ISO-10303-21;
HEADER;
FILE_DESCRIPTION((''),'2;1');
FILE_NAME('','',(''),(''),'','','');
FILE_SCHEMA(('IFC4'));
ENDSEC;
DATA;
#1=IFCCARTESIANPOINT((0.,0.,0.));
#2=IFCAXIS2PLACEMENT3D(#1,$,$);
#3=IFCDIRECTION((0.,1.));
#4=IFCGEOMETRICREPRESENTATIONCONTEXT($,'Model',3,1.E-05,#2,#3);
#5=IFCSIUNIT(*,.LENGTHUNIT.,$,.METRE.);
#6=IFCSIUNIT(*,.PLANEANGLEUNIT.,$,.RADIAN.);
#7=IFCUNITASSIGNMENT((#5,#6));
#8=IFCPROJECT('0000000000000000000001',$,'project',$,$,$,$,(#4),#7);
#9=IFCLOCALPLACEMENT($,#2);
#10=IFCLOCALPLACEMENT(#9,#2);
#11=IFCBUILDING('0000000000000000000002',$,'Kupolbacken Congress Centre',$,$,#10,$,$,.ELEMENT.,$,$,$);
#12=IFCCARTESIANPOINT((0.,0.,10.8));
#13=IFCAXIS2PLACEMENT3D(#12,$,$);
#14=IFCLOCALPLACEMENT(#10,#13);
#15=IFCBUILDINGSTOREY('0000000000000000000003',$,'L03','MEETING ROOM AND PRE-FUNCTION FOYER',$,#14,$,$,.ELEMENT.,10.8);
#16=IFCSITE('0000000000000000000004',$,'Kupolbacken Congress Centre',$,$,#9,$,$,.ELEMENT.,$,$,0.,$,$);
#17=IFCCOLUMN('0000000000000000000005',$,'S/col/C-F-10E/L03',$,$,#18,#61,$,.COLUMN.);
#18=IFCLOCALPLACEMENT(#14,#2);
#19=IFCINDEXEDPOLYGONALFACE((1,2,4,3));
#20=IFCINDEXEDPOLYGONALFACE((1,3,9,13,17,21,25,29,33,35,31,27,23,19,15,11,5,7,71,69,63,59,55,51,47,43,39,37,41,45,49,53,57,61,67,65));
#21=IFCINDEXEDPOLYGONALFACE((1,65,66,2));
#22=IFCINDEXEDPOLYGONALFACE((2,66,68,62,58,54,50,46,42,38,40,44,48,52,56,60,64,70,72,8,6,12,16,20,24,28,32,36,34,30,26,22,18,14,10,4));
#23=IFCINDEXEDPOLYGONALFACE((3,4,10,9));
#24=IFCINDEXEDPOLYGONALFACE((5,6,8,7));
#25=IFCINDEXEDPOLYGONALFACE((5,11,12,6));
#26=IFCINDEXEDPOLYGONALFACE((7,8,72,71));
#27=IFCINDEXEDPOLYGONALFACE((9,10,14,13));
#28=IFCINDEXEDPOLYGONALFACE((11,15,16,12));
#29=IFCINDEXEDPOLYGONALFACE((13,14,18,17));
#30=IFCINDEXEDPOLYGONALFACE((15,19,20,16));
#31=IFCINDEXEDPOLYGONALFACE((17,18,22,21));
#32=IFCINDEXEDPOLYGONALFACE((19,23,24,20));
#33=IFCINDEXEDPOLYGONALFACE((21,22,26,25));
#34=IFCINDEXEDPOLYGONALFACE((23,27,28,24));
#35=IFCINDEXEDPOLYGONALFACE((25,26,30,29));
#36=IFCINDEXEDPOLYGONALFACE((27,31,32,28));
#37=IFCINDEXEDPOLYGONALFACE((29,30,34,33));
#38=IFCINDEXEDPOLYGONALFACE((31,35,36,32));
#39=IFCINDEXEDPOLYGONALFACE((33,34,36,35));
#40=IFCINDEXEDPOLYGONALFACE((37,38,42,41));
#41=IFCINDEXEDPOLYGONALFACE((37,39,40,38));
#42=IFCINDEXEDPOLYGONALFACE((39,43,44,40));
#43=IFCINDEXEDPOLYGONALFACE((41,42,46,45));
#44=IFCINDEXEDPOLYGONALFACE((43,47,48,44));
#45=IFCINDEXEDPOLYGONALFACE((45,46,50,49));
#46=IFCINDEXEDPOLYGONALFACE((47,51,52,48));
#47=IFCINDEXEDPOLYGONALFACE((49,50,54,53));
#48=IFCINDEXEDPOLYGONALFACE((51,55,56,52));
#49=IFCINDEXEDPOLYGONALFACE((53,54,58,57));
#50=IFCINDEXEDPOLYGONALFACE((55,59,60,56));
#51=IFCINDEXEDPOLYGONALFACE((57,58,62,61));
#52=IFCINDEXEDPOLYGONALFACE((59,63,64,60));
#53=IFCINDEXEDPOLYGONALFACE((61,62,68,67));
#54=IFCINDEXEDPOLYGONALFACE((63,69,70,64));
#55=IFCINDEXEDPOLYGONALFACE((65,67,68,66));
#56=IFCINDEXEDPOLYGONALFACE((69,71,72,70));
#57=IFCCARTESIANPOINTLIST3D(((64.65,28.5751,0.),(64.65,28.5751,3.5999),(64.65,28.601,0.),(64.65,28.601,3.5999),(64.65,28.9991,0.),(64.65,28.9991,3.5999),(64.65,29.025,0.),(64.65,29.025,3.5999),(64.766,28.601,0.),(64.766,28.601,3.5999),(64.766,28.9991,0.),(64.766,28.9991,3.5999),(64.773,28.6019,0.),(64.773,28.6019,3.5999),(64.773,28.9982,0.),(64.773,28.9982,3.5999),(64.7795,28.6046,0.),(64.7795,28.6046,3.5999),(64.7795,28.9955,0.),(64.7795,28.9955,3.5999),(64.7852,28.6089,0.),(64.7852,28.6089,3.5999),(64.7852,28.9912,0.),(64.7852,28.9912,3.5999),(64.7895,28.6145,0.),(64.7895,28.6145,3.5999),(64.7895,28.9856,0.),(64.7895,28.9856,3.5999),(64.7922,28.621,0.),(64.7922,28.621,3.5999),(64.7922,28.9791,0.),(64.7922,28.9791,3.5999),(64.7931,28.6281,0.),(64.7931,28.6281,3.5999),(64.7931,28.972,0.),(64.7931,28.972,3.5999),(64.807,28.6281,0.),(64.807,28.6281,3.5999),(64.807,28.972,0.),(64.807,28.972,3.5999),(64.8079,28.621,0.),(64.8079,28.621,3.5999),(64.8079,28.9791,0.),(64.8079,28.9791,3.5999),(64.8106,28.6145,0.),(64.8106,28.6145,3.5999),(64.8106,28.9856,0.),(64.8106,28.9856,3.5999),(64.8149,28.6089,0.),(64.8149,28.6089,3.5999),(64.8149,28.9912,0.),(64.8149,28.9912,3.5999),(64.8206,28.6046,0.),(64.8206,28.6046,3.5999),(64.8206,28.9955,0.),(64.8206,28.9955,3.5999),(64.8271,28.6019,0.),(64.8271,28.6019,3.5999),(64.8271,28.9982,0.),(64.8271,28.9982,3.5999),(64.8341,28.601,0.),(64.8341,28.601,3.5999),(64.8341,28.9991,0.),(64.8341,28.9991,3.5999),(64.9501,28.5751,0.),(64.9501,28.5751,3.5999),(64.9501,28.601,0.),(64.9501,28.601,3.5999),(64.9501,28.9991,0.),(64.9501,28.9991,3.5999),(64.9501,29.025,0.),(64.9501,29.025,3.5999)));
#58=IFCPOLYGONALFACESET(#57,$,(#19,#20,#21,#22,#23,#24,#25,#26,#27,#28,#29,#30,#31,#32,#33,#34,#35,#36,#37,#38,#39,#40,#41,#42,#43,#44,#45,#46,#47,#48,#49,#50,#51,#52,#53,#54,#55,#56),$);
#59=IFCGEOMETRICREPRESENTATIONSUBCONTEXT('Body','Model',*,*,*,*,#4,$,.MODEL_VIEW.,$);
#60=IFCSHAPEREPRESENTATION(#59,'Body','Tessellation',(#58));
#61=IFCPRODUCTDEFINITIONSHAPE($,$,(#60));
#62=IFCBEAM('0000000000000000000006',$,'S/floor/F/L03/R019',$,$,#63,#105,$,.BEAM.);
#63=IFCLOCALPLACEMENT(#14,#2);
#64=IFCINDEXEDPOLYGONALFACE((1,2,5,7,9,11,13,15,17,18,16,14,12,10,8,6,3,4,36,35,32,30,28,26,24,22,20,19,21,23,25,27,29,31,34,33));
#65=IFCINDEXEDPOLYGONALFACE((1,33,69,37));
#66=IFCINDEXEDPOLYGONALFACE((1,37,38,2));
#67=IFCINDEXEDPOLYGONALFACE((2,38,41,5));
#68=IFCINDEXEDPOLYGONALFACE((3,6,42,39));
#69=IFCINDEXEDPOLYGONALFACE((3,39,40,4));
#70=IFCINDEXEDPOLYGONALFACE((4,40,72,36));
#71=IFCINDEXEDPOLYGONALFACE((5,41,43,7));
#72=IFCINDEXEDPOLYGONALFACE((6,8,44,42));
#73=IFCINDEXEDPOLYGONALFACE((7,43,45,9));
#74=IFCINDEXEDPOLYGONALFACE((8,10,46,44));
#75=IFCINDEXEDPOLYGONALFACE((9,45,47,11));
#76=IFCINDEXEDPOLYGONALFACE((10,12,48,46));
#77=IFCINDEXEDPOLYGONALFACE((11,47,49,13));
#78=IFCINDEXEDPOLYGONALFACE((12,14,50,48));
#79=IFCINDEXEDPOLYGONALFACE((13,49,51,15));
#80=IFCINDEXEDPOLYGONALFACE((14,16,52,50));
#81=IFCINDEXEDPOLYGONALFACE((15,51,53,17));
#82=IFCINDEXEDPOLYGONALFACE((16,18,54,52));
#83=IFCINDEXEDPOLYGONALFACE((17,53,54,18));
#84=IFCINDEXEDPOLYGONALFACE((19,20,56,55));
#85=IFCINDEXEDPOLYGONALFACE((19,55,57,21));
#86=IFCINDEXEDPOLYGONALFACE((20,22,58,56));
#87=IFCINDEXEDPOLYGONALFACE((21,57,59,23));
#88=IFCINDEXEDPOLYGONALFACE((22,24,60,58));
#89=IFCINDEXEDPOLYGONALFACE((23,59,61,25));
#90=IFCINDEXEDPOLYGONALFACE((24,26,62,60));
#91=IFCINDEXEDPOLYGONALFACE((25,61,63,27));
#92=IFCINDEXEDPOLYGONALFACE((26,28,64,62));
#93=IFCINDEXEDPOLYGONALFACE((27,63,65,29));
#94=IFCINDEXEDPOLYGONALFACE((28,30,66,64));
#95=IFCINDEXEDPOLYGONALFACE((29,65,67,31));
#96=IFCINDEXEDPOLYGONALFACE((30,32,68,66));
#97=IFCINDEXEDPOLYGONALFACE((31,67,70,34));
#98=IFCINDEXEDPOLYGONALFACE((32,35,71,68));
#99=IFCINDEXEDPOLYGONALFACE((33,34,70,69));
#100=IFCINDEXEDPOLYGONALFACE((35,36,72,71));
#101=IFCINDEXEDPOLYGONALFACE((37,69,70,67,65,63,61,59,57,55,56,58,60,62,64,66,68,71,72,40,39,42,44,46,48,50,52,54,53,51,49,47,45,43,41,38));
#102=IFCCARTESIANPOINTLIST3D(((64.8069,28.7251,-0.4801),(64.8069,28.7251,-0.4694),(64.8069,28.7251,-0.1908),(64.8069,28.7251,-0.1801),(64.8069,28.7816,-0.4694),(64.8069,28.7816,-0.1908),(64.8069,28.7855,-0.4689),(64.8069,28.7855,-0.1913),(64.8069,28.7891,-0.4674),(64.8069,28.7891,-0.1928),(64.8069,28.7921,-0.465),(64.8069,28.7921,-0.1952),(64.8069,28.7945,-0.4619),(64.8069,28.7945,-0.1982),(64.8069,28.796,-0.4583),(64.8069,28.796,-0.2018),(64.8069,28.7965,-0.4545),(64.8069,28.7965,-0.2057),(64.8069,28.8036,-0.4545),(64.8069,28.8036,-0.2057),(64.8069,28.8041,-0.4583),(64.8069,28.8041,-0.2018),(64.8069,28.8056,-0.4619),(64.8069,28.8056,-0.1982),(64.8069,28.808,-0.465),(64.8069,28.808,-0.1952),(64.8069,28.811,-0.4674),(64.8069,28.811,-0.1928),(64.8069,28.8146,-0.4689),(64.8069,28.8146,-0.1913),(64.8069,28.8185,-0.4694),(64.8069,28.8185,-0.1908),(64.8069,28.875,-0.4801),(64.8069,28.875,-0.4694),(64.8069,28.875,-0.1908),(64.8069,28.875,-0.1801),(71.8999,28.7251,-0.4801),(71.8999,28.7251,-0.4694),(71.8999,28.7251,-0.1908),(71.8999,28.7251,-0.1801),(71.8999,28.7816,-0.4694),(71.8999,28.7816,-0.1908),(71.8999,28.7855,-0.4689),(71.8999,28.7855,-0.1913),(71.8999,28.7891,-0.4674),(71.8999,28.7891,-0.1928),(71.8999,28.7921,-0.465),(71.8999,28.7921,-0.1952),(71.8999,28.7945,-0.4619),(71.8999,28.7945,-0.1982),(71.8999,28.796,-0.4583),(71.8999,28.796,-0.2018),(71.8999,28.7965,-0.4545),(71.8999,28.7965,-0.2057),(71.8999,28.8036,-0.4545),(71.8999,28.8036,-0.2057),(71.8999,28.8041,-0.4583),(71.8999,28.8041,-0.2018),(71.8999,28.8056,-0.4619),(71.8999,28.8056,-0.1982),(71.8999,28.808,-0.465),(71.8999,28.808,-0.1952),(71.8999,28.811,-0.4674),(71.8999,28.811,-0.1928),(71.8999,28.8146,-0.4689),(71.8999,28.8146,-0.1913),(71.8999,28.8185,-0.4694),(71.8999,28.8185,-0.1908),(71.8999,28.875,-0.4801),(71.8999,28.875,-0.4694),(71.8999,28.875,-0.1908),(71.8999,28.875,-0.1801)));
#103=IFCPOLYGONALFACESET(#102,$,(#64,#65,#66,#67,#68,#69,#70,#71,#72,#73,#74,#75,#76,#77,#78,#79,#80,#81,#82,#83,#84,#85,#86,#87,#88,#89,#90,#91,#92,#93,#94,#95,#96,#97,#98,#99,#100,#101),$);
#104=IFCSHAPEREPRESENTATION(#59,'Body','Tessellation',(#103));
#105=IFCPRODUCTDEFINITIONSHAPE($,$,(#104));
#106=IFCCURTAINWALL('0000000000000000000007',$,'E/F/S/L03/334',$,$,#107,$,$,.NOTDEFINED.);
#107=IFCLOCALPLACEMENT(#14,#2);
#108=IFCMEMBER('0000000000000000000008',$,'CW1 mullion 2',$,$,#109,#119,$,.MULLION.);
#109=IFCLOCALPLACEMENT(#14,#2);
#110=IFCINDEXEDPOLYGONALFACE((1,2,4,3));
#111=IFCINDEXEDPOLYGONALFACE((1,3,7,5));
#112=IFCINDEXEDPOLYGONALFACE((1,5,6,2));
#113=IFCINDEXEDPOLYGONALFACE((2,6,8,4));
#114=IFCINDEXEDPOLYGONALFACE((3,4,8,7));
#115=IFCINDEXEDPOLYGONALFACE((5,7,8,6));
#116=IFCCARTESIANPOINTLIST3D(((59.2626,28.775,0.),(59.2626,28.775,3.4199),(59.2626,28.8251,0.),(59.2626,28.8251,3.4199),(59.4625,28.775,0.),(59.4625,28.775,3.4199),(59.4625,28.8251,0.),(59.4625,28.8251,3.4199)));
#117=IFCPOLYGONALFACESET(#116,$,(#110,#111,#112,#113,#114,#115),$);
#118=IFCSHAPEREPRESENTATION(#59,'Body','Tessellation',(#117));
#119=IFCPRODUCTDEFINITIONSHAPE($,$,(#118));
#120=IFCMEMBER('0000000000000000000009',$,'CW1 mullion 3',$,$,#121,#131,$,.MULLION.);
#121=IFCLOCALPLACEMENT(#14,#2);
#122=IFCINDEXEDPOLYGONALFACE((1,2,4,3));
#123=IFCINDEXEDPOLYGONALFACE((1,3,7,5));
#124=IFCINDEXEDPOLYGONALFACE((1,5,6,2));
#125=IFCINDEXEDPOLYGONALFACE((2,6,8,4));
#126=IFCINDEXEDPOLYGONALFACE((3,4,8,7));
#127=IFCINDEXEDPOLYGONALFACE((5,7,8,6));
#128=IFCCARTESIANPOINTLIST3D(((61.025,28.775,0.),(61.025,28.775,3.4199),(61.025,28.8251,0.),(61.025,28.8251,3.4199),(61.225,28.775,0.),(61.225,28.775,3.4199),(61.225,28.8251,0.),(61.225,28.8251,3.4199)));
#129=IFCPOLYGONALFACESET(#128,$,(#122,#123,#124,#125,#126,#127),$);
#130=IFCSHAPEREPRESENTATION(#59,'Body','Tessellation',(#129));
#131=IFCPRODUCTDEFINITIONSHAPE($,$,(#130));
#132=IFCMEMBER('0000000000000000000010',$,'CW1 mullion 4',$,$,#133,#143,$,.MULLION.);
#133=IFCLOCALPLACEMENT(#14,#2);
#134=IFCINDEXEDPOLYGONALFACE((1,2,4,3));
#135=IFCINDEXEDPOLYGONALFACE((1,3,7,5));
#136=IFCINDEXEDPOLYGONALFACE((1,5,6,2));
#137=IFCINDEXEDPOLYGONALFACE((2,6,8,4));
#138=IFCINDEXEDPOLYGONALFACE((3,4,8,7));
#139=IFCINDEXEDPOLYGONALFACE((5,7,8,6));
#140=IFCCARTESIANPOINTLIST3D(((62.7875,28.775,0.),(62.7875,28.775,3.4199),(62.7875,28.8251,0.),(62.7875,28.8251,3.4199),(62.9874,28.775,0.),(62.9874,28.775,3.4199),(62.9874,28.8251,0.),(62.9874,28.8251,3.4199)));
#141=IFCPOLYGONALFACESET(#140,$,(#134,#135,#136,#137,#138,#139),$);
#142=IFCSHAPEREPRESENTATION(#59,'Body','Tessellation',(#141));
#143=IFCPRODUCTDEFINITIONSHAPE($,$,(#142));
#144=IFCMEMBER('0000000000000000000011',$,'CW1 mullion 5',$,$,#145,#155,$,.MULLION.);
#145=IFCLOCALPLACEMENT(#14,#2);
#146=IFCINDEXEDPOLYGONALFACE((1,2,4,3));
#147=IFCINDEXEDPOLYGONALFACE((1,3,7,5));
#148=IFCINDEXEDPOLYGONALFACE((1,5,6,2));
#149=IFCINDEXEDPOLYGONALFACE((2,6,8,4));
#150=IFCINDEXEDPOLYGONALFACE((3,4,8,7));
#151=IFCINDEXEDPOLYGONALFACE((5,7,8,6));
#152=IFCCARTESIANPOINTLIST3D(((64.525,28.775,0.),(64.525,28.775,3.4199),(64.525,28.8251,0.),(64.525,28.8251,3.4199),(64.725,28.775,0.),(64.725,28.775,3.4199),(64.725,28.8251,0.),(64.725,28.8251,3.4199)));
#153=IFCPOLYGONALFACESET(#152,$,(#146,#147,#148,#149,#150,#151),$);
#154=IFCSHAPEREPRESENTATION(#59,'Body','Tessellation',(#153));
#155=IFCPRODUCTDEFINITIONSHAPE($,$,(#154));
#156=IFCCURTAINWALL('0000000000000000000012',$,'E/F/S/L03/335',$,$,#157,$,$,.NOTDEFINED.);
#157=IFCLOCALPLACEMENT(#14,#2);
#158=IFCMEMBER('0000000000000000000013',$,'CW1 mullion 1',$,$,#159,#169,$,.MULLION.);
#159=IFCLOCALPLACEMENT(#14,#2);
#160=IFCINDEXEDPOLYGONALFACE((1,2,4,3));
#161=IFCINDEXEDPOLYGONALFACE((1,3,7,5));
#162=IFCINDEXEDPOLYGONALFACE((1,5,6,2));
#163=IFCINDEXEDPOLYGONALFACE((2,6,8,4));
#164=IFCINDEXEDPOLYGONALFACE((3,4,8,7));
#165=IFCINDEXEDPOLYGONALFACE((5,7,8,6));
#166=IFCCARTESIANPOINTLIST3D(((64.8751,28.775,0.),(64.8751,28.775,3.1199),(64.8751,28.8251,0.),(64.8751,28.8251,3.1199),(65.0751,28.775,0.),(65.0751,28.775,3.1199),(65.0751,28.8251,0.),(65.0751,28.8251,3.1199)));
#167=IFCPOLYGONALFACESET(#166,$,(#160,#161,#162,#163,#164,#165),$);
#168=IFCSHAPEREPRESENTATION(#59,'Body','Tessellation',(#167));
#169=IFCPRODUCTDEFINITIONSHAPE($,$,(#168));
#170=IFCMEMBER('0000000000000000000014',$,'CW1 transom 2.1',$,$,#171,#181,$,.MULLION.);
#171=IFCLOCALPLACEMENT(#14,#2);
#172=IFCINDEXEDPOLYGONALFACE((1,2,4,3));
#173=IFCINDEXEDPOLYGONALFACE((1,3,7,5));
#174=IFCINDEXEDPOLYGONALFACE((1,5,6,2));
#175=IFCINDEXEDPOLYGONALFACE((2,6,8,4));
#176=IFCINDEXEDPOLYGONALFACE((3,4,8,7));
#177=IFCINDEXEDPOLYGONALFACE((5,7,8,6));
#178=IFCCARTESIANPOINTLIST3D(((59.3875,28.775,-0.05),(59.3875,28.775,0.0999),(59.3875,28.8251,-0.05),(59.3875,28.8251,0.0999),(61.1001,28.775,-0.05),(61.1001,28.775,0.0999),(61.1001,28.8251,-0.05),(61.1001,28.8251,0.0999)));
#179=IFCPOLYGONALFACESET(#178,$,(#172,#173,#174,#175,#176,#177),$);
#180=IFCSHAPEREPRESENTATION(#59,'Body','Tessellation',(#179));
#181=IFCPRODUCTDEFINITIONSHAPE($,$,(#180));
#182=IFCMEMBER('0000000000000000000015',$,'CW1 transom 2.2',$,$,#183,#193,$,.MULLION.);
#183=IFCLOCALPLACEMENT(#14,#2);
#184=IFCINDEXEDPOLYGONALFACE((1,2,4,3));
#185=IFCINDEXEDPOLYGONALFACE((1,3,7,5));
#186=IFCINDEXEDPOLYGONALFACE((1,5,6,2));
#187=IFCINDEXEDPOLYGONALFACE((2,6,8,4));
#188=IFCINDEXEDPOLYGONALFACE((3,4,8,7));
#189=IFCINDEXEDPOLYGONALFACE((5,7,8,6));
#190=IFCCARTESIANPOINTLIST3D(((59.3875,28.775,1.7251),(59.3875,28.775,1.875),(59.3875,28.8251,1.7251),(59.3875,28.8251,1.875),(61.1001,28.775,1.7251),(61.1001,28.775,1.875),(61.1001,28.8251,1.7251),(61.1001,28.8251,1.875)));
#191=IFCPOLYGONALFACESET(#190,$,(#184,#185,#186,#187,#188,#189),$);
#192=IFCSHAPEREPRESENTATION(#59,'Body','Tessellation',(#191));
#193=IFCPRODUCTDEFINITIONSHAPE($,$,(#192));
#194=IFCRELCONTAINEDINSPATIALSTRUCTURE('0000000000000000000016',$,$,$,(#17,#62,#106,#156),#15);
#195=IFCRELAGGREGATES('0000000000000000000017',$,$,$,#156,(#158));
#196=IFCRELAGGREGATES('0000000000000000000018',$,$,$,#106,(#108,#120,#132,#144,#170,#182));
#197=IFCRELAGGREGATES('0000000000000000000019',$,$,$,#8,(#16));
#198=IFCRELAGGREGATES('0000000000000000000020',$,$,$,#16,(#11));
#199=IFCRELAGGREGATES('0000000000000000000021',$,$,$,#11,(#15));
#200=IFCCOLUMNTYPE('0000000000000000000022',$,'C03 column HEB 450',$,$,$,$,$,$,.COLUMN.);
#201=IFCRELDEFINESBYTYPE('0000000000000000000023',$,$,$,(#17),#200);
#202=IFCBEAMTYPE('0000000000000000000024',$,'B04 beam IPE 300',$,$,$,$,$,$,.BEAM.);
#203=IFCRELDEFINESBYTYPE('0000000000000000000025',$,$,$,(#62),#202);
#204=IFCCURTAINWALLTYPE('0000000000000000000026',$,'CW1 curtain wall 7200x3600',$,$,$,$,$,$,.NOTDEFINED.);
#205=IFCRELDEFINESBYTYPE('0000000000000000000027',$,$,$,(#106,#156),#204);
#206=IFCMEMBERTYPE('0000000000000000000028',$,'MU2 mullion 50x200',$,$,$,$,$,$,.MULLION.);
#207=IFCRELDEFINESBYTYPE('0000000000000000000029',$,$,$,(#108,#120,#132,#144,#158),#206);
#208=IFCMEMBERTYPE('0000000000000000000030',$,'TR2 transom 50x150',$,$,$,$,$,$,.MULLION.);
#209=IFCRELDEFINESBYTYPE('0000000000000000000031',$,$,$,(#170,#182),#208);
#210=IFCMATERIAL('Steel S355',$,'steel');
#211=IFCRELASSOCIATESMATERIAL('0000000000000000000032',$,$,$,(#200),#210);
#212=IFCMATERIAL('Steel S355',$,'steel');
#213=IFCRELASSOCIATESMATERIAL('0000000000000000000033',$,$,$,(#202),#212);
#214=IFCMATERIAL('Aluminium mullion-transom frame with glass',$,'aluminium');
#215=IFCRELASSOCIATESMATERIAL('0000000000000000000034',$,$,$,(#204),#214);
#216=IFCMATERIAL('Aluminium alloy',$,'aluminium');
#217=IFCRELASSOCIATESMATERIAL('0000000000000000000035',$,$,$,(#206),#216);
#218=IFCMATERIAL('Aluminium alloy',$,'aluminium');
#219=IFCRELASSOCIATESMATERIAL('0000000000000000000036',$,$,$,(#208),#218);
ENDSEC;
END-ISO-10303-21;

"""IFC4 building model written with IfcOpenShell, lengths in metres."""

from ifc_helpers import new_model, si_unit, direction, frame, origin, origin_2d, place, context, subcontext, project, spatial, rectangle, i_section, extrude, material, material_profile, profile_set, type_object, element, aggregate, save


model = new_model("IFC4")

# Units and contexts
model_context = context("Model", 3, precision=1e-05, world=origin(), true_north=direction((0.0, 1.0)))
body_context = subcontext(model_context, "Body", "Model", "MODEL_VIEW")
ifc_project = project(units=[si_unit("LENGTHUNIT", "METRE"), si_unit("PLANEANGLEUNIT", "RADIAN")], contexts=[model_context])

# Site, building, storey
site_placement = place(None, origin())
site = spatial("IfcSite", under=ifc_project, at=site_placement, Name="Kupolbacken Congress Centre", CompositionType="ELEMENT", RefElevation=0.0)
building_placement = place(site_placement, origin())
building = spatial("IfcBuilding", under=site, at=building_placement, Name="Kupolbacken Congress Centre", CompositionType="ELEMENT")
storey_placement = place(building_placement, frame((0.0, 0.0, 10.8)))
storey = spatial("IfcBuildingStorey", under=building, at=storey_placement, Name="L03", Description="MEETING ROOM AND PRE-FUNCTION FOYER", CompositionType="ELEMENT", Elevation=10.8)

# Column
ifc_material_1 = material(Name="Steel S355", Category="steel")
ifc_material_profile_1 = material_profile(ifc_material_1, i_section(OverallWidth=0.3, OverallDepth=0.45, WebThickness=0.0139, FlangeThickness=0.0259, FilletRadius=0.0271, at=origin_2d()), Name="HEB 450")
ifc_profile_set_1 = profile_set([ifc_material_profile_1], Name="Steel S355")
column_type = type_object("IfcColumnType", Name="C03 column HEB 450", PredefinedType="COLUMN", material=ifc_profile_set_1)
column_placement = place(storey_placement, frame((64.8, 28.8, 0.0), z_axis=(0.0, 0.0, 1.0), x_axis=(1.0, 0.0, 0.0)))
element("IfcColumn", 1, at=column_placement, inside=storey, type_object=column_type, Name="S/col/C-F-10E/L03", PredefinedType="COLUMN", context=body_context, shape_type="SweptSolid", body=[
    extrude(i_section(OverallWidth=0.3, OverallDepth=0.45, WebThickness=0.0139, FlangeThickness=0.0259, FilletRadius=0.0271, at=origin_2d()), origin(), (0.0, 0.0, 1.0), 3.5999),
])

# Beam
ifc_material_2 = material(Name="Steel S355", Category="steel")
ifc_material_profile_2 = material_profile(ifc_material_2, i_section(OverallWidth=0.1499, OverallDepth=0.3, WebThickness=0.0071, FlangeThickness=0.0107, FilletRadius=0.0149, at=origin_2d()), Name="IPE 300")
ifc_profile_set_2 = profile_set([ifc_material_profile_2], Name="Steel S355")
beam_type = type_object("IfcBeamType", Name="B04 beam IPE 300", PredefinedType="BEAM", material=ifc_profile_set_2)
beam_placement = place(storey_placement, frame((64.8069, 28.8, -0.3301), z_axis=(1.0, 0.0, 0.0), x_axis=(0.0, 1.0, 0.0)))
element("IfcBeam", 2, at=beam_placement, inside=storey, type_object=beam_type, Name="S/floor/F/L03/R019", PredefinedType="BEAM", context=body_context, shape_type="SweptSolid", body=[
    extrude(i_section(OverallWidth=0.1499, OverallDepth=0.3, WebThickness=0.0071, FlangeThickness=0.0107, FilletRadius=0.0149, at=origin_2d()), origin(), (0.0, 0.0, 1.0), 7.093),
])

# Curtain wall, members
ifc_material_3 = material(Name="Aluminium mullion-transom frame with glass", Category="aluminium")
curtain_wall_type = type_object("IfcCurtainWallType", Name="CW1 curtain wall 7200x3600", PredefinedType="NOTDEFINED", material=ifc_material_3)
curtain_wall_1_placement = place(storey_placement, origin())
curtain_wall_1 = element("IfcCurtainWall", 3, at=curtain_wall_1_placement, inside=storey, type_object=curtain_wall_type, Name="E/F/S/L03/334", PredefinedType="NOTDEFINED")
ifc_material_4 = material(Name="Aluminium alloy", Category="aluminium")
ifc_material_profile_3 = material_profile(ifc_material_4, rectangle(XDim=0.05, YDim=0.2, at=origin_2d()), Name="50 x 200")
ifc_profile_set_3 = profile_set([ifc_material_profile_3], Name="Aluminium alloy")
member_type_1 = type_object("IfcMemberType", Name="MU2 mullion 50x200", PredefinedType="MULLION", material=ifc_profile_set_3)
member_1_placement = place(storey_placement, frame((59.3625, 28.8, 0.0), z_axis=(0.0, 0.0, 1.0), x_axis=(0.0, 1.0, 0.0)))
member_1 = element("IfcMember", 4, at=member_1_placement, type_object=member_type_1, Name="CW1 mullion 2", PredefinedType="MULLION", context=body_context, shape_type="SweptSolid", body=[
    extrude(rectangle(XDim=0.05, YDim=0.2, at=origin_2d()), origin(), (0.0, 0.0, 1.0), 3.4199),
])
member_2_placement = place(storey_placement, frame((61.125, 28.8, 0.0), z_axis=(0.0, 0.0, 1.0), x_axis=(0.0, 1.0, 0.0)))
member_2 = element("IfcMember", 5, at=member_2_placement, type_object=member_type_1, Name="CW1 mullion 3", PredefinedType="MULLION", context=body_context, shape_type="SweptSolid", body=[
    extrude(rectangle(XDim=0.05, YDim=0.2, at=origin_2d()), origin(), (0.0, 0.0, 1.0), 3.4199),
])
member_3_placement = place(storey_placement, frame((62.8875, 28.8, 0.0), z_axis=(0.0, 0.0, 1.0), x_axis=(0.0, 1.0, 0.0)))
member_3 = element("IfcMember", 6, at=member_3_placement, type_object=member_type_1, Name="CW1 mullion 4", PredefinedType="MULLION", context=body_context, shape_type="SweptSolid", body=[
    extrude(rectangle(XDim=0.05, YDim=0.2, at=origin_2d()), origin(), (0.0, 0.0, 1.0), 3.4199),
])
member_4_placement = place(storey_placement, frame((64.625, 28.8, 0.0), z_axis=(0.0, 0.0, 1.0), x_axis=(0.0, 1.0, 0.0)))
member_4 = element("IfcMember", 7, at=member_4_placement, type_object=member_type_1, Name="CW1 mullion 5", PredefinedType="MULLION", context=body_context, shape_type="SweptSolid", body=[
    extrude(rectangle(XDim=0.05, YDim=0.2, at=origin_2d()), origin(), (0.0, 0.0, 1.0), 3.4199),
])

# Curtain wall, member
curtain_wall_2_placement = place(storey_placement, origin())
curtain_wall_2 = element("IfcCurtainWall", 8, at=curtain_wall_2_placement, inside=storey, type_object=curtain_wall_type, Name="E/F/S/L03/335", PredefinedType="NOTDEFINED")
member_5_placement = place(storey_placement, frame((64.9751, 28.8, 0.0), z_axis=(0.0, 0.0, 1.0), x_axis=(0.0, 1.0, 0.0)))
member_5 = element("IfcMember", 9, at=member_5_placement, type_object=member_type_1, Name="CW1 mullion 1", PredefinedType="MULLION", context=body_context, shape_type="SweptSolid", body=[
    extrude(rectangle(XDim=0.05, YDim=0.2, at=origin_2d()), origin(), (0.0, 0.0, 1.0), 3.1199),
])
aggregate(curtain_wall_2, [member_5])

# Members
ifc_material_5 = material(Name="Aluminium alloy", Category="aluminium")
ifc_material_profile_4 = material_profile(ifc_material_5, rectangle(XDim=0.05, YDim=0.1499, at=origin_2d()), Name="50 x 150")
ifc_profile_set_4 = profile_set([ifc_material_profile_4], Name="Aluminium alloy")
member_type_2 = type_object("IfcMemberType", Name="TR2 transom 50x150", PredefinedType="MULLION", material=ifc_profile_set_4)
member_6_placement = place(storey_placement, frame((59.3875, 28.8, 0.0249), z_axis=(1.0, 0.0, 0.0), x_axis=(0.0, 1.0, 0.0)))
member_6 = element("IfcMember", 10, at=member_6_placement, type_object=member_type_2, Name="CW1 transom 2.1", PredefinedType="MULLION", context=body_context, shape_type="SweptSolid", body=[
    extrude(rectangle(XDim=0.05, YDim=0.1499, at=origin_2d()), origin(), (0.0, 0.0, 1.0), 1.7126),
])
member_7_placement = place(storey_placement, frame((59.3875, 28.8, 1.8), z_axis=(1.0, 0.0, 0.0), x_axis=(0.0, 1.0, 0.0)))
member_7 = element("IfcMember", 11, at=member_7_placement, type_object=member_type_2, Name="CW1 transom 2.2", PredefinedType="MULLION", context=body_context, shape_type="SweptSolid", body=[
    extrude(rectangle(XDim=0.05, YDim=0.1499, at=origin_2d()), origin(), (0.0, 0.0, 1.0), 1.7126),
])

aggregate(curtain_wall_1, [member_1, member_2, member_3, member_4, member_6, member_7])

save(model, "model.ifc")
